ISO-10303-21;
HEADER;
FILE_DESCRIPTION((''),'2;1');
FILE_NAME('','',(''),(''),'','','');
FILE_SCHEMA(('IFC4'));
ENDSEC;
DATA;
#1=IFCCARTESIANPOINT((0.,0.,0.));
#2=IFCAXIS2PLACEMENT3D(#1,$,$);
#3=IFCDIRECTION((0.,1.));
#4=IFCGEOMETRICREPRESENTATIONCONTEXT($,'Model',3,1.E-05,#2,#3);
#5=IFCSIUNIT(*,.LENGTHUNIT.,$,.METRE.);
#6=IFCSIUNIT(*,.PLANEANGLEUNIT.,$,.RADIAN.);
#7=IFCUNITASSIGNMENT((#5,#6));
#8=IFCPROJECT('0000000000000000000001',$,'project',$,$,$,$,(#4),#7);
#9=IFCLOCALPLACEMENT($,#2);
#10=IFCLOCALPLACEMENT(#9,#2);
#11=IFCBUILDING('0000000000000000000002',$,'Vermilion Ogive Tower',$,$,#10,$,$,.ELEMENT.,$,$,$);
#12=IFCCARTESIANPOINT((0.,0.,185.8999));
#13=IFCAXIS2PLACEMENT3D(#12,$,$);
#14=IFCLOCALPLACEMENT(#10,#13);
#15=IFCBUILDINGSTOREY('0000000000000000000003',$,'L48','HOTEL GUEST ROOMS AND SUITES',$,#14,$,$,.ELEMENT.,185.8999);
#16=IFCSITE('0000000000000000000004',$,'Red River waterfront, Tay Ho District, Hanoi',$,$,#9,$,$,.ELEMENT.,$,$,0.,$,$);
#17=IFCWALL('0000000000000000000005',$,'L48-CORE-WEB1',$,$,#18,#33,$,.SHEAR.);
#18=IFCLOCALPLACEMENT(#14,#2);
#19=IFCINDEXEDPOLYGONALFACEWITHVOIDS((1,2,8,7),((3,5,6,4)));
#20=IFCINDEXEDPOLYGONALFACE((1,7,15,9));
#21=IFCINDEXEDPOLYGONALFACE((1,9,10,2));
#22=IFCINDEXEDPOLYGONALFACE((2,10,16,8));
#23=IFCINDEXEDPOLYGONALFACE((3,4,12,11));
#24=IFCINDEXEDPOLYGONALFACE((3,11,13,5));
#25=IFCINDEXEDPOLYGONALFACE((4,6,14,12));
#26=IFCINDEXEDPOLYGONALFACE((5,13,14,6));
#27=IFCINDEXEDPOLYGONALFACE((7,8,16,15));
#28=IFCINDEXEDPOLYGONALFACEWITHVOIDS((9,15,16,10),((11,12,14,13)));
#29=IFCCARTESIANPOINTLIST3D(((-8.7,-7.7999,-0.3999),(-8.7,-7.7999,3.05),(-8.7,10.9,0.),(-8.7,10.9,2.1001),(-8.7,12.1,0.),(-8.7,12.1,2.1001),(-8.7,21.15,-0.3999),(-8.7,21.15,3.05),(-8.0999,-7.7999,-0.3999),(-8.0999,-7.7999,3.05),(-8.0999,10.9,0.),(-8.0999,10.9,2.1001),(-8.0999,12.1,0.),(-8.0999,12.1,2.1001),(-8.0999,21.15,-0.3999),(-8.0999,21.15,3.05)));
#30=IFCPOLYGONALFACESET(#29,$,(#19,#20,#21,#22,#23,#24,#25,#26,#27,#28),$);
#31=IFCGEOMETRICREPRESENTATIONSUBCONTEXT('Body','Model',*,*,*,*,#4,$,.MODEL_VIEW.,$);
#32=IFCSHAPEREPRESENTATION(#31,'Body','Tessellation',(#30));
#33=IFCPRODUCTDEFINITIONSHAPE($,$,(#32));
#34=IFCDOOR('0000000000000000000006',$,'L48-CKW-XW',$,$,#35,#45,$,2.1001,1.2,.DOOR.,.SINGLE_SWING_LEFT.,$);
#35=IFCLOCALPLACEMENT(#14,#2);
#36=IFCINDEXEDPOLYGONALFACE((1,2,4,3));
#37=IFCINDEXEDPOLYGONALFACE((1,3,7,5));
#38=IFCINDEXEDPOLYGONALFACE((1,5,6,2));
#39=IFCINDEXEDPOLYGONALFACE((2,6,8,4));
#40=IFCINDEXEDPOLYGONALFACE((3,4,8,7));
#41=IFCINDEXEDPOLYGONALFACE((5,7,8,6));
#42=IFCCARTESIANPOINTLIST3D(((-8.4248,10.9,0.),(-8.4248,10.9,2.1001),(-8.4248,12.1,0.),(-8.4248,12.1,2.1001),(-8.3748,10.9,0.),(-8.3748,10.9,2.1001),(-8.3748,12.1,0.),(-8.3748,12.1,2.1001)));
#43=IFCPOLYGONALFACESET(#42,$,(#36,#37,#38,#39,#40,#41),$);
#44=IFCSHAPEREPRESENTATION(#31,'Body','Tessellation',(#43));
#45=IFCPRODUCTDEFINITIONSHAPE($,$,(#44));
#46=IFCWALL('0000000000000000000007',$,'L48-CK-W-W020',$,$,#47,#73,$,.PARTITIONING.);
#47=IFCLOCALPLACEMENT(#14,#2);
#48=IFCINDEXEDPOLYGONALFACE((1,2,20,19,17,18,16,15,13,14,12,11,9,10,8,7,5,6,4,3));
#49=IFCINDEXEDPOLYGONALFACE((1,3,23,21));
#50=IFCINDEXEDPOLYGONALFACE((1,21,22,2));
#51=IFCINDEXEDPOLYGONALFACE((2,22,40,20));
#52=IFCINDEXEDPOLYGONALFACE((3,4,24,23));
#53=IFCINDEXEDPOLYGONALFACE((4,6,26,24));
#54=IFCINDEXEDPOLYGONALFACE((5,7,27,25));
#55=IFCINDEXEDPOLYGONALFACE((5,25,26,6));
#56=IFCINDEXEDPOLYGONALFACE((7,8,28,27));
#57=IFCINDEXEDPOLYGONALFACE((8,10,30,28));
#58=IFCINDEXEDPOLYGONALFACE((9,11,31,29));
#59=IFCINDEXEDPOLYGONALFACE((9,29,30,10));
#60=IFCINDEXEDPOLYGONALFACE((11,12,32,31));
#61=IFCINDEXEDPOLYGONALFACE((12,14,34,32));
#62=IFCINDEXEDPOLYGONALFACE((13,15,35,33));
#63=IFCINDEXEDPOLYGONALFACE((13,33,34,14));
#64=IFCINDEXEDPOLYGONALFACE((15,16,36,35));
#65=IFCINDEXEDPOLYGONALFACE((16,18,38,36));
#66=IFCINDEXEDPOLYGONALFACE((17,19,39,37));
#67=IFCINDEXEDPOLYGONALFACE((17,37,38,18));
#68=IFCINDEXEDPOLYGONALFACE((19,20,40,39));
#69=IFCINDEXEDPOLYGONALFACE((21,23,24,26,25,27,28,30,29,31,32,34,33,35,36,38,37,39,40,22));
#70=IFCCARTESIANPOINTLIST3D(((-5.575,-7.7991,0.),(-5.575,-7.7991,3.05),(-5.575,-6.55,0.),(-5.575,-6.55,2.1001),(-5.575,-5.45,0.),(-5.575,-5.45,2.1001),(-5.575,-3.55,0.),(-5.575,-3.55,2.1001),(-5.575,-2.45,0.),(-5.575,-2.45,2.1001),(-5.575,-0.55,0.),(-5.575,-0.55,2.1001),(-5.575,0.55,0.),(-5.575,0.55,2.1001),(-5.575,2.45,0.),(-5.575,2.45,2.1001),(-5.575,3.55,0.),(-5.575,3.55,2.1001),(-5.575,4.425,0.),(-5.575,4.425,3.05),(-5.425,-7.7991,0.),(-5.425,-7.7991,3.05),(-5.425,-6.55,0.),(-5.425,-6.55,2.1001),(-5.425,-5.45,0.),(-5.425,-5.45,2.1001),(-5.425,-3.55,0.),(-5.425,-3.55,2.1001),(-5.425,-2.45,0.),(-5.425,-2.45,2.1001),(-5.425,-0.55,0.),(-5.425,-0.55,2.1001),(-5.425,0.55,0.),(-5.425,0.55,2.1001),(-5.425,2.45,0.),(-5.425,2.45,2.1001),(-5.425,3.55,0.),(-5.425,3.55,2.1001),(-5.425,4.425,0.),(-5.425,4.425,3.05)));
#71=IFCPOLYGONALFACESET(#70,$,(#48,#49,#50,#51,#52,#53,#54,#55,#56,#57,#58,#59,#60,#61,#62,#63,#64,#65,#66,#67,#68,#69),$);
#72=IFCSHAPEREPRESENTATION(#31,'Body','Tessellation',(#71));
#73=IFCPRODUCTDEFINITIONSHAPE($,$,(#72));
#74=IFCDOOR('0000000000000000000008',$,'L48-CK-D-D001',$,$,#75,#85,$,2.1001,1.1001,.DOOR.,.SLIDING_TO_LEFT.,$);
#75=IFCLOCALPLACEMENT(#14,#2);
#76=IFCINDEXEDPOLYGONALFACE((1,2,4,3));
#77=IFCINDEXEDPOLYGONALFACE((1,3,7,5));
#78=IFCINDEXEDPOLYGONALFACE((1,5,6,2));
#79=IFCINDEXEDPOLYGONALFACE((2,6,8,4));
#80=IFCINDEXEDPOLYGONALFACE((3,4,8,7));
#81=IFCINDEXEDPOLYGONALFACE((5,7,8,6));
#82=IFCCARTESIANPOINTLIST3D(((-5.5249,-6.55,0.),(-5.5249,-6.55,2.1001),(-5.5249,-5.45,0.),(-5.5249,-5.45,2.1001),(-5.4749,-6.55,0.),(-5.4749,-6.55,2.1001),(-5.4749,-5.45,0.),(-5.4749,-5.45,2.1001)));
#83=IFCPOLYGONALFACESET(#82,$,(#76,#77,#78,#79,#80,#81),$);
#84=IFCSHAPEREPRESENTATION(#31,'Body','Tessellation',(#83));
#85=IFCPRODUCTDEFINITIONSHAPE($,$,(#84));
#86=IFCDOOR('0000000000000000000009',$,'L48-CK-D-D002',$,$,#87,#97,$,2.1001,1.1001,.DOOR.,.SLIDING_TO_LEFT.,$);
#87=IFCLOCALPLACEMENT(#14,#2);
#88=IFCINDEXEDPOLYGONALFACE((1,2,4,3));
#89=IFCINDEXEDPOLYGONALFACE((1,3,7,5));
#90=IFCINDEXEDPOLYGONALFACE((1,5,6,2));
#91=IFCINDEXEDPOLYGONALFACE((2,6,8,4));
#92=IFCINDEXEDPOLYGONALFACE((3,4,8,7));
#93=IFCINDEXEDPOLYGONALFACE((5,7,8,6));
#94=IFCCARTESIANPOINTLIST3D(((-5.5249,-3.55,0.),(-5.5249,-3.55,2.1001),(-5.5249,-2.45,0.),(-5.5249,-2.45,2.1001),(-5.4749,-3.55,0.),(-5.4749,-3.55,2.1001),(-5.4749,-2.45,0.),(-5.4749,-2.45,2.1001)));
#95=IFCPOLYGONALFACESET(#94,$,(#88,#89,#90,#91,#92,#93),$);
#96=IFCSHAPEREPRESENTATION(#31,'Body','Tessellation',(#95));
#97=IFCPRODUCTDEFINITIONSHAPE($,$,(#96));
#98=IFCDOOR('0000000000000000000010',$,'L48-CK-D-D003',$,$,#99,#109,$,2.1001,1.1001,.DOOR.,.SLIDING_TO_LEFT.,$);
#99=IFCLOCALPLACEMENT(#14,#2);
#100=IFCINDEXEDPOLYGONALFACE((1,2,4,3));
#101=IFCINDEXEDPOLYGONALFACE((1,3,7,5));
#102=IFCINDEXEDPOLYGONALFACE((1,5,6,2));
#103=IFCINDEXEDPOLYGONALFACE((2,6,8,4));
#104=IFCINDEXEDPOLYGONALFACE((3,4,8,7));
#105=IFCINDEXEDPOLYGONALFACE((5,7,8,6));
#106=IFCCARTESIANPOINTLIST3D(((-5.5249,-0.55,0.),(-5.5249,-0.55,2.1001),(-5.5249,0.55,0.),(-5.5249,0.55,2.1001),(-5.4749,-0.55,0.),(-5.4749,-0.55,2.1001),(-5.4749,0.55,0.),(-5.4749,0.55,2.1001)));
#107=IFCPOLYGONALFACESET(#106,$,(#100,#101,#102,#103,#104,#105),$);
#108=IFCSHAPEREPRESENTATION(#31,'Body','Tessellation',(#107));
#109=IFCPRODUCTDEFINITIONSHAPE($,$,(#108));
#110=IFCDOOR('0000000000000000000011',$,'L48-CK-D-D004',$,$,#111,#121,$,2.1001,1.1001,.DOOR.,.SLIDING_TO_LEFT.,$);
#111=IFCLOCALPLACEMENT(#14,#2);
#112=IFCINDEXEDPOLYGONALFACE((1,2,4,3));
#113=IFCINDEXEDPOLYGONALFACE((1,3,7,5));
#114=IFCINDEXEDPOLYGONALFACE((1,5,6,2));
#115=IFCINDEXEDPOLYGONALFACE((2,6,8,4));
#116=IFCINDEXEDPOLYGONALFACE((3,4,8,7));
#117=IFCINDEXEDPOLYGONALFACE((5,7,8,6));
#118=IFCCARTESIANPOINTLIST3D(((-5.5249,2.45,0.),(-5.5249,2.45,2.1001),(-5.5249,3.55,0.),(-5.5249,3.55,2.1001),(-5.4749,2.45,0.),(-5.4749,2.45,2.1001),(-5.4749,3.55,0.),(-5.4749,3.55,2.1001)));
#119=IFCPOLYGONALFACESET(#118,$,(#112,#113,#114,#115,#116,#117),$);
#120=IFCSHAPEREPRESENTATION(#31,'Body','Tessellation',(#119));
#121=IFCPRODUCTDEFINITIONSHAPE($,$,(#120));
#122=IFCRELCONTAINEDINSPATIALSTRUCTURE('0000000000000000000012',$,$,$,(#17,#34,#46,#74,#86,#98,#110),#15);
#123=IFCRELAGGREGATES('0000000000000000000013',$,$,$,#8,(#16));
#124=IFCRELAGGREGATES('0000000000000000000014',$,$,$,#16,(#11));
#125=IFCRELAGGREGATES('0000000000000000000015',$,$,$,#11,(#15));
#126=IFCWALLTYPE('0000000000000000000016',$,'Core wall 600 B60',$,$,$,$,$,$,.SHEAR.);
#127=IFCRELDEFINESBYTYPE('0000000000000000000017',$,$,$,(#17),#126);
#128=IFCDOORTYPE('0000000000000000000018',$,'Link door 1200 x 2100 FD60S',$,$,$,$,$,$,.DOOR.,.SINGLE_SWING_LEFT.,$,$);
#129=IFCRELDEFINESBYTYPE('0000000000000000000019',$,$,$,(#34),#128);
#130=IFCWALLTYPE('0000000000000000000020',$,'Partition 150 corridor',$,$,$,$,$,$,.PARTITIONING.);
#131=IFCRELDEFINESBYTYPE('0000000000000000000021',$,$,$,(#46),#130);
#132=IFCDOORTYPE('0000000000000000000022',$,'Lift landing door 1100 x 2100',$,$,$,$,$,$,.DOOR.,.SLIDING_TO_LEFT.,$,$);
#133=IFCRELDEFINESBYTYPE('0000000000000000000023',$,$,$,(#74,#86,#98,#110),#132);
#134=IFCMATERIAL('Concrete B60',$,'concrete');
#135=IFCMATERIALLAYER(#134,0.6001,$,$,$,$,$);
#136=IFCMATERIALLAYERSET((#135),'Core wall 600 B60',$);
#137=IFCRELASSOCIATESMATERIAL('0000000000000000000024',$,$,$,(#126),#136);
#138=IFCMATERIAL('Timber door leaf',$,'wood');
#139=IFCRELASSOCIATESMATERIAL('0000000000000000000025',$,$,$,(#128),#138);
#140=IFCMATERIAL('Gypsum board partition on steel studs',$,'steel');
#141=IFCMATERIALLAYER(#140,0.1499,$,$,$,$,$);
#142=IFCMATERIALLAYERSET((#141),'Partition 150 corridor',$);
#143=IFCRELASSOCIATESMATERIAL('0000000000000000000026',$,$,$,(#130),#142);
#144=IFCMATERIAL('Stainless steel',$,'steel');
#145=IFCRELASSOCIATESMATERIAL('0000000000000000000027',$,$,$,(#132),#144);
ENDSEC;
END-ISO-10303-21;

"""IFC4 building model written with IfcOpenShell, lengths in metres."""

from ifc_helpers import new_model, si_unit, direction, frame, frame_2d, origin, place, context, subcontext, project, spatial, rectangle, extrude, material, layer, layer_set, type_object, element, fill, save


model = new_model("IFC4")

# Units and contexts
model_context = context("Model", 3, precision=1e-05, world=origin(), true_north=direction((0.0, 1.0)))
body_context = subcontext(model_context, "Body", "Model", "MODEL_VIEW")
ifc_project = project(units=[si_unit("LENGTHUNIT", "METRE"), si_unit("PLANEANGLEUNIT", "RADIAN")], contexts=[model_context])

# Site, building, storey
site_placement = place(None, origin())
site = spatial("IfcSite", under=ifc_project, at=site_placement, Name="Red River waterfront, Tay Ho District, Hanoi", CompositionType="ELEMENT", RefElevation=0.0)
building_placement = place(site_placement, origin())
building = spatial("IfcBuilding", under=site, at=building_placement, Name="Vermilion Ogive Tower", CompositionType="ELEMENT")
storey_placement = place(building_placement, frame((0.0, 0.0, 185.8999)))
storey = spatial("IfcBuildingStorey", under=building, at=storey_placement, Name="L48", Description="HOTEL GUEST ROOMS AND SUITES", CompositionType="ELEMENT", Elevation=185.8999)

# Wall, opening, door
ifc_material_1 = material(Name="Concrete B60", Category="concrete")
ifc_layer_1 = layer(ifc_material_1, 0.6001)
ifc_layer_set_1 = layer_set([ifc_layer_1], Name="Core wall 600 B60")
wall_type_1 = type_object("IfcWallType", Name="Core wall 600 B60", PredefinedType="SHEAR", material=ifc_layer_set_1)
wall_1_placement = place(storey_placement, frame((-8.3999, -7.8, -0.3999), z_axis=(0.0, 0.0, 1.0), x_axis=(0.0, 1.0, 0.0)))
wall_1 = element("IfcWall", 1, at=wall_1_placement, inside=storey, type_object=wall_type_1, Name="L48-CORE-WEB1", PredefinedType="SHEAR", context=body_context, shape_type="SweptSolid", body=[
    extrude(rectangle(XDim=28.95, YDim=0.6001, at=frame_2d((14.4751, 0.0))), origin(), (0.0, 0.0, 1.0), 3.45),
])
opening_1_placement = place(wall_1_placement, frame((18.7, 0.0, 0.3999)))
opening_1 = element("IfcOpeningElement", 2, at=opening_1_placement, cuts=wall_1, PredefinedType="OPENING", context=body_context, shape_type="SweptSolid", body=[
    extrude(rectangle(XDim=1.2, YDim=2.1001, at=frame_2d((0.6001, 1.05))), frame((0.0, 0.3101, 0.0), z_axis=(0.0, -1.0, 0.0), x_axis=(1.0, 0.0, 0.0)), (0.0, 0.0, 1.0), 0.6201),
])
ifc_material_2 = material(Name="Timber door leaf", Category="wood")
door_type_1 = type_object("IfcDoorType", Name="Link door 1200 x 2100 FD60S", OperationType="SINGLE_SWING_LEFT", PredefinedType="DOOR", material=ifc_material_2)
door_1_placement = place(opening_1_placement, origin())
door_1 = element("IfcDoor", 3, at=door_1_placement, inside=storey, type_object=door_type_1, Name="L48-CKW-XW", OperationType="SINGLE_SWING_LEFT", OverallHeight=2.1001, OverallWidth=1.2, PredefinedType="DOOR", context=body_context, shape_type="SweptSolid", body=[
    extrude(rectangle(XDim=1.2, YDim=2.1001, at=frame_2d((0.6001, 1.05))), frame((0.0, 0.0249, 0.0), z_axis=(0.0, -1.0, 0.0), x_axis=(1.0, 0.0, 0.0)), (0.0, 0.0, 1.0), 0.05),
])
fill(opening_1, door_1)

# Wall, openings, doors
ifc_material_3 = material(Name="Gypsum board partition on steel studs", Category="steel")
ifc_layer_2 = layer(ifc_material_3, 0.1499)
ifc_layer_set_2 = layer_set([ifc_layer_2], Name="Partition 150 corridor")
wall_type_2 = type_object("IfcWallType", Name="Partition 150 corridor", PredefinedType="PARTITIONING", material=ifc_layer_set_2)
wall_2_placement = place(storey_placement, frame((-5.5, -7.7991, 0.0), z_axis=(0.0, 0.0, 1.0), x_axis=(0.0, 1.0, 0.0)))
wall_2 = element("IfcWall", 4, at=wall_2_placement, inside=storey, type_object=wall_type_2, Name="L48-CK-W-W020", PredefinedType="PARTITIONING", context=body_context, shape_type="SweptSolid", body=[
    extrude(rectangle(XDim=12.2241, YDim=0.1499, at=frame_2d((6.1121, 0.0))), origin(), (0.0, 0.0, 1.0), 3.05),
])
opening_2_placement = place(wall_2_placement, frame((1.249, 0.0, 0.0)))
opening_2 = element("IfcOpeningElement", 5, at=opening_2_placement, cuts=wall_2, PredefinedType="OPENING", context=body_context, shape_type="SweptSolid", body=[
    extrude(rectangle(XDim=1.1001, YDim=2.1001, at=frame_2d((0.55, 1.05))), frame((0.0, 0.085, 0.0), z_axis=(0.0, -1.0, 0.0), x_axis=(1.0, 0.0, 0.0)), (0.0, 0.0, 1.0), 0.1699),
])
opening_3_placement = place(wall_2_placement, frame((4.249, 0.0, 0.0)))
opening_3 = element("IfcOpeningElement", 6, at=opening_3_placement, cuts=wall_2, PredefinedType="OPENING", context=body_context, shape_type="SweptSolid", body=[
    extrude(rectangle(XDim=1.1001, YDim=2.1001, at=frame_2d((0.55, 1.05))), frame((0.0, 0.085, 0.0), z_axis=(0.0, -1.0, 0.0), x_axis=(1.0, 0.0, 0.0)), (0.0, 0.0, 1.0), 0.1699),
])
opening_4_placement = place(wall_2_placement, frame((7.249, 0.0, 0.0)))
opening_4 = element("IfcOpeningElement", 7, at=opening_4_placement, cuts=wall_2, PredefinedType="OPENING", context=body_context, shape_type="SweptSolid", body=[
    extrude(rectangle(XDim=1.1001, YDim=2.1001, at=frame_2d((0.55, 1.05))), frame((0.0, 0.085, 0.0), z_axis=(0.0, -1.0, 0.0), x_axis=(1.0, 0.0, 0.0)), (0.0, 0.0, 1.0), 0.1699),
])
opening_5_placement = place(wall_2_placement, frame((10.249, 0.0, 0.0)))
opening_5 = element("IfcOpeningElement", 8, at=opening_5_placement, cuts=wall_2, PredefinedType="OPENING", context=body_context, shape_type="SweptSolid", body=[
    extrude(rectangle(XDim=1.1001, YDim=2.1001, at=frame_2d((0.55, 1.05))), frame((0.0, 0.085, 0.0), z_axis=(0.0, -1.0, 0.0), x_axis=(1.0, 0.0, 0.0)), (0.0, 0.0, 1.0), 0.1699),
])
ifc_material_4 = material(Name="Stainless steel", Category="steel")
door_type_2 = type_object("IfcDoorType", Name="Lift landing door 1100 x 2100", OperationType="SLIDING_TO_LEFT", PredefinedType="DOOR", material=ifc_material_4)
door_2_placement = place(opening_2_placement, origin())
door_2 = element("IfcDoor", 9, at=door_2_placement, inside=storey, type_object=door_type_2, Name="L48-CK-D-D001", OperationType="SLIDING_TO_LEFT", OverallHeight=2.1001, OverallWidth=1.1001, PredefinedType="DOOR", context=body_context, shape_type="SweptSolid", body=[
    extrude(rectangle(XDim=1.1001, YDim=2.1001, at=frame_2d((0.55, 1.05))), frame((0.0, 0.0249, 0.0), z_axis=(0.0, -1.0, 0.0), x_axis=(1.0, 0.0, 0.0)), (0.0, 0.0, 1.0), 0.05),
])
fill(opening_2, door_2)
door_3_placement = place(opening_3_placement, origin())
door_3 = element("IfcDoor", 10, at=door_3_placement, inside=storey, type_object=door_type_2, Name="L48-CK-D-D002", OperationType="SLIDING_TO_LEFT", OverallHeight=2.1001, OverallWidth=1.1001, PredefinedType="DOOR", context=body_context, shape_type="SweptSolid", body=[
    extrude(rectangle(XDim=1.1001, YDim=2.1001, at=frame_2d((0.55, 1.05))), frame((0.0, 0.0249, 0.0), z_axis=(0.0, -1.0, 0.0), x_axis=(1.0, 0.0, 0.0)), (0.0, 0.0, 1.0), 0.05),
])
fill(opening_3, door_3)
door_4_placement = place(opening_4_placement, origin())
door_4 = element("IfcDoor", 11, at=door_4_placement, inside=storey, type_object=door_type_2, Name="L48-CK-D-D003", OperationType="SLIDING_TO_LEFT", OverallHeight=2.1001, OverallWidth=1.1001, PredefinedType="DOOR", context=body_context, shape_type="SweptSolid", body=[
    extrude(rectangle(XDim=1.1001, YDim=2.1001, at=frame_2d((0.55, 1.05))), frame((0.0, 0.0249, 0.0), z_axis=(0.0, -1.0, 0.0), x_axis=(1.0, 0.0, 0.0)), (0.0, 0.0, 1.0), 0.05),
])
fill(opening_4, door_4)
door_5_placement = place(opening_5_placement, origin())
door_5 = element("IfcDoor", 12, at=door_5_placement, inside=storey, type_object=door_type_2, Name="L48-CK-D-D004", OperationType="SLIDING_TO_LEFT", OverallHeight=2.1001, OverallWidth=1.1001, PredefinedType="DOOR", context=body_context, shape_type="SweptSolid", body=[
    extrude(rectangle(XDim=1.1001, YDim=2.1001, at=frame_2d((0.55, 1.05))), frame((0.0, 0.0249, 0.0), z_axis=(0.0, -1.0, 0.0), x_axis=(1.0, 0.0, 0.0)), (0.0, 0.0, 1.0), 0.05),
])
fill(opening_5, door_5)

save(model, "model.ifc")
